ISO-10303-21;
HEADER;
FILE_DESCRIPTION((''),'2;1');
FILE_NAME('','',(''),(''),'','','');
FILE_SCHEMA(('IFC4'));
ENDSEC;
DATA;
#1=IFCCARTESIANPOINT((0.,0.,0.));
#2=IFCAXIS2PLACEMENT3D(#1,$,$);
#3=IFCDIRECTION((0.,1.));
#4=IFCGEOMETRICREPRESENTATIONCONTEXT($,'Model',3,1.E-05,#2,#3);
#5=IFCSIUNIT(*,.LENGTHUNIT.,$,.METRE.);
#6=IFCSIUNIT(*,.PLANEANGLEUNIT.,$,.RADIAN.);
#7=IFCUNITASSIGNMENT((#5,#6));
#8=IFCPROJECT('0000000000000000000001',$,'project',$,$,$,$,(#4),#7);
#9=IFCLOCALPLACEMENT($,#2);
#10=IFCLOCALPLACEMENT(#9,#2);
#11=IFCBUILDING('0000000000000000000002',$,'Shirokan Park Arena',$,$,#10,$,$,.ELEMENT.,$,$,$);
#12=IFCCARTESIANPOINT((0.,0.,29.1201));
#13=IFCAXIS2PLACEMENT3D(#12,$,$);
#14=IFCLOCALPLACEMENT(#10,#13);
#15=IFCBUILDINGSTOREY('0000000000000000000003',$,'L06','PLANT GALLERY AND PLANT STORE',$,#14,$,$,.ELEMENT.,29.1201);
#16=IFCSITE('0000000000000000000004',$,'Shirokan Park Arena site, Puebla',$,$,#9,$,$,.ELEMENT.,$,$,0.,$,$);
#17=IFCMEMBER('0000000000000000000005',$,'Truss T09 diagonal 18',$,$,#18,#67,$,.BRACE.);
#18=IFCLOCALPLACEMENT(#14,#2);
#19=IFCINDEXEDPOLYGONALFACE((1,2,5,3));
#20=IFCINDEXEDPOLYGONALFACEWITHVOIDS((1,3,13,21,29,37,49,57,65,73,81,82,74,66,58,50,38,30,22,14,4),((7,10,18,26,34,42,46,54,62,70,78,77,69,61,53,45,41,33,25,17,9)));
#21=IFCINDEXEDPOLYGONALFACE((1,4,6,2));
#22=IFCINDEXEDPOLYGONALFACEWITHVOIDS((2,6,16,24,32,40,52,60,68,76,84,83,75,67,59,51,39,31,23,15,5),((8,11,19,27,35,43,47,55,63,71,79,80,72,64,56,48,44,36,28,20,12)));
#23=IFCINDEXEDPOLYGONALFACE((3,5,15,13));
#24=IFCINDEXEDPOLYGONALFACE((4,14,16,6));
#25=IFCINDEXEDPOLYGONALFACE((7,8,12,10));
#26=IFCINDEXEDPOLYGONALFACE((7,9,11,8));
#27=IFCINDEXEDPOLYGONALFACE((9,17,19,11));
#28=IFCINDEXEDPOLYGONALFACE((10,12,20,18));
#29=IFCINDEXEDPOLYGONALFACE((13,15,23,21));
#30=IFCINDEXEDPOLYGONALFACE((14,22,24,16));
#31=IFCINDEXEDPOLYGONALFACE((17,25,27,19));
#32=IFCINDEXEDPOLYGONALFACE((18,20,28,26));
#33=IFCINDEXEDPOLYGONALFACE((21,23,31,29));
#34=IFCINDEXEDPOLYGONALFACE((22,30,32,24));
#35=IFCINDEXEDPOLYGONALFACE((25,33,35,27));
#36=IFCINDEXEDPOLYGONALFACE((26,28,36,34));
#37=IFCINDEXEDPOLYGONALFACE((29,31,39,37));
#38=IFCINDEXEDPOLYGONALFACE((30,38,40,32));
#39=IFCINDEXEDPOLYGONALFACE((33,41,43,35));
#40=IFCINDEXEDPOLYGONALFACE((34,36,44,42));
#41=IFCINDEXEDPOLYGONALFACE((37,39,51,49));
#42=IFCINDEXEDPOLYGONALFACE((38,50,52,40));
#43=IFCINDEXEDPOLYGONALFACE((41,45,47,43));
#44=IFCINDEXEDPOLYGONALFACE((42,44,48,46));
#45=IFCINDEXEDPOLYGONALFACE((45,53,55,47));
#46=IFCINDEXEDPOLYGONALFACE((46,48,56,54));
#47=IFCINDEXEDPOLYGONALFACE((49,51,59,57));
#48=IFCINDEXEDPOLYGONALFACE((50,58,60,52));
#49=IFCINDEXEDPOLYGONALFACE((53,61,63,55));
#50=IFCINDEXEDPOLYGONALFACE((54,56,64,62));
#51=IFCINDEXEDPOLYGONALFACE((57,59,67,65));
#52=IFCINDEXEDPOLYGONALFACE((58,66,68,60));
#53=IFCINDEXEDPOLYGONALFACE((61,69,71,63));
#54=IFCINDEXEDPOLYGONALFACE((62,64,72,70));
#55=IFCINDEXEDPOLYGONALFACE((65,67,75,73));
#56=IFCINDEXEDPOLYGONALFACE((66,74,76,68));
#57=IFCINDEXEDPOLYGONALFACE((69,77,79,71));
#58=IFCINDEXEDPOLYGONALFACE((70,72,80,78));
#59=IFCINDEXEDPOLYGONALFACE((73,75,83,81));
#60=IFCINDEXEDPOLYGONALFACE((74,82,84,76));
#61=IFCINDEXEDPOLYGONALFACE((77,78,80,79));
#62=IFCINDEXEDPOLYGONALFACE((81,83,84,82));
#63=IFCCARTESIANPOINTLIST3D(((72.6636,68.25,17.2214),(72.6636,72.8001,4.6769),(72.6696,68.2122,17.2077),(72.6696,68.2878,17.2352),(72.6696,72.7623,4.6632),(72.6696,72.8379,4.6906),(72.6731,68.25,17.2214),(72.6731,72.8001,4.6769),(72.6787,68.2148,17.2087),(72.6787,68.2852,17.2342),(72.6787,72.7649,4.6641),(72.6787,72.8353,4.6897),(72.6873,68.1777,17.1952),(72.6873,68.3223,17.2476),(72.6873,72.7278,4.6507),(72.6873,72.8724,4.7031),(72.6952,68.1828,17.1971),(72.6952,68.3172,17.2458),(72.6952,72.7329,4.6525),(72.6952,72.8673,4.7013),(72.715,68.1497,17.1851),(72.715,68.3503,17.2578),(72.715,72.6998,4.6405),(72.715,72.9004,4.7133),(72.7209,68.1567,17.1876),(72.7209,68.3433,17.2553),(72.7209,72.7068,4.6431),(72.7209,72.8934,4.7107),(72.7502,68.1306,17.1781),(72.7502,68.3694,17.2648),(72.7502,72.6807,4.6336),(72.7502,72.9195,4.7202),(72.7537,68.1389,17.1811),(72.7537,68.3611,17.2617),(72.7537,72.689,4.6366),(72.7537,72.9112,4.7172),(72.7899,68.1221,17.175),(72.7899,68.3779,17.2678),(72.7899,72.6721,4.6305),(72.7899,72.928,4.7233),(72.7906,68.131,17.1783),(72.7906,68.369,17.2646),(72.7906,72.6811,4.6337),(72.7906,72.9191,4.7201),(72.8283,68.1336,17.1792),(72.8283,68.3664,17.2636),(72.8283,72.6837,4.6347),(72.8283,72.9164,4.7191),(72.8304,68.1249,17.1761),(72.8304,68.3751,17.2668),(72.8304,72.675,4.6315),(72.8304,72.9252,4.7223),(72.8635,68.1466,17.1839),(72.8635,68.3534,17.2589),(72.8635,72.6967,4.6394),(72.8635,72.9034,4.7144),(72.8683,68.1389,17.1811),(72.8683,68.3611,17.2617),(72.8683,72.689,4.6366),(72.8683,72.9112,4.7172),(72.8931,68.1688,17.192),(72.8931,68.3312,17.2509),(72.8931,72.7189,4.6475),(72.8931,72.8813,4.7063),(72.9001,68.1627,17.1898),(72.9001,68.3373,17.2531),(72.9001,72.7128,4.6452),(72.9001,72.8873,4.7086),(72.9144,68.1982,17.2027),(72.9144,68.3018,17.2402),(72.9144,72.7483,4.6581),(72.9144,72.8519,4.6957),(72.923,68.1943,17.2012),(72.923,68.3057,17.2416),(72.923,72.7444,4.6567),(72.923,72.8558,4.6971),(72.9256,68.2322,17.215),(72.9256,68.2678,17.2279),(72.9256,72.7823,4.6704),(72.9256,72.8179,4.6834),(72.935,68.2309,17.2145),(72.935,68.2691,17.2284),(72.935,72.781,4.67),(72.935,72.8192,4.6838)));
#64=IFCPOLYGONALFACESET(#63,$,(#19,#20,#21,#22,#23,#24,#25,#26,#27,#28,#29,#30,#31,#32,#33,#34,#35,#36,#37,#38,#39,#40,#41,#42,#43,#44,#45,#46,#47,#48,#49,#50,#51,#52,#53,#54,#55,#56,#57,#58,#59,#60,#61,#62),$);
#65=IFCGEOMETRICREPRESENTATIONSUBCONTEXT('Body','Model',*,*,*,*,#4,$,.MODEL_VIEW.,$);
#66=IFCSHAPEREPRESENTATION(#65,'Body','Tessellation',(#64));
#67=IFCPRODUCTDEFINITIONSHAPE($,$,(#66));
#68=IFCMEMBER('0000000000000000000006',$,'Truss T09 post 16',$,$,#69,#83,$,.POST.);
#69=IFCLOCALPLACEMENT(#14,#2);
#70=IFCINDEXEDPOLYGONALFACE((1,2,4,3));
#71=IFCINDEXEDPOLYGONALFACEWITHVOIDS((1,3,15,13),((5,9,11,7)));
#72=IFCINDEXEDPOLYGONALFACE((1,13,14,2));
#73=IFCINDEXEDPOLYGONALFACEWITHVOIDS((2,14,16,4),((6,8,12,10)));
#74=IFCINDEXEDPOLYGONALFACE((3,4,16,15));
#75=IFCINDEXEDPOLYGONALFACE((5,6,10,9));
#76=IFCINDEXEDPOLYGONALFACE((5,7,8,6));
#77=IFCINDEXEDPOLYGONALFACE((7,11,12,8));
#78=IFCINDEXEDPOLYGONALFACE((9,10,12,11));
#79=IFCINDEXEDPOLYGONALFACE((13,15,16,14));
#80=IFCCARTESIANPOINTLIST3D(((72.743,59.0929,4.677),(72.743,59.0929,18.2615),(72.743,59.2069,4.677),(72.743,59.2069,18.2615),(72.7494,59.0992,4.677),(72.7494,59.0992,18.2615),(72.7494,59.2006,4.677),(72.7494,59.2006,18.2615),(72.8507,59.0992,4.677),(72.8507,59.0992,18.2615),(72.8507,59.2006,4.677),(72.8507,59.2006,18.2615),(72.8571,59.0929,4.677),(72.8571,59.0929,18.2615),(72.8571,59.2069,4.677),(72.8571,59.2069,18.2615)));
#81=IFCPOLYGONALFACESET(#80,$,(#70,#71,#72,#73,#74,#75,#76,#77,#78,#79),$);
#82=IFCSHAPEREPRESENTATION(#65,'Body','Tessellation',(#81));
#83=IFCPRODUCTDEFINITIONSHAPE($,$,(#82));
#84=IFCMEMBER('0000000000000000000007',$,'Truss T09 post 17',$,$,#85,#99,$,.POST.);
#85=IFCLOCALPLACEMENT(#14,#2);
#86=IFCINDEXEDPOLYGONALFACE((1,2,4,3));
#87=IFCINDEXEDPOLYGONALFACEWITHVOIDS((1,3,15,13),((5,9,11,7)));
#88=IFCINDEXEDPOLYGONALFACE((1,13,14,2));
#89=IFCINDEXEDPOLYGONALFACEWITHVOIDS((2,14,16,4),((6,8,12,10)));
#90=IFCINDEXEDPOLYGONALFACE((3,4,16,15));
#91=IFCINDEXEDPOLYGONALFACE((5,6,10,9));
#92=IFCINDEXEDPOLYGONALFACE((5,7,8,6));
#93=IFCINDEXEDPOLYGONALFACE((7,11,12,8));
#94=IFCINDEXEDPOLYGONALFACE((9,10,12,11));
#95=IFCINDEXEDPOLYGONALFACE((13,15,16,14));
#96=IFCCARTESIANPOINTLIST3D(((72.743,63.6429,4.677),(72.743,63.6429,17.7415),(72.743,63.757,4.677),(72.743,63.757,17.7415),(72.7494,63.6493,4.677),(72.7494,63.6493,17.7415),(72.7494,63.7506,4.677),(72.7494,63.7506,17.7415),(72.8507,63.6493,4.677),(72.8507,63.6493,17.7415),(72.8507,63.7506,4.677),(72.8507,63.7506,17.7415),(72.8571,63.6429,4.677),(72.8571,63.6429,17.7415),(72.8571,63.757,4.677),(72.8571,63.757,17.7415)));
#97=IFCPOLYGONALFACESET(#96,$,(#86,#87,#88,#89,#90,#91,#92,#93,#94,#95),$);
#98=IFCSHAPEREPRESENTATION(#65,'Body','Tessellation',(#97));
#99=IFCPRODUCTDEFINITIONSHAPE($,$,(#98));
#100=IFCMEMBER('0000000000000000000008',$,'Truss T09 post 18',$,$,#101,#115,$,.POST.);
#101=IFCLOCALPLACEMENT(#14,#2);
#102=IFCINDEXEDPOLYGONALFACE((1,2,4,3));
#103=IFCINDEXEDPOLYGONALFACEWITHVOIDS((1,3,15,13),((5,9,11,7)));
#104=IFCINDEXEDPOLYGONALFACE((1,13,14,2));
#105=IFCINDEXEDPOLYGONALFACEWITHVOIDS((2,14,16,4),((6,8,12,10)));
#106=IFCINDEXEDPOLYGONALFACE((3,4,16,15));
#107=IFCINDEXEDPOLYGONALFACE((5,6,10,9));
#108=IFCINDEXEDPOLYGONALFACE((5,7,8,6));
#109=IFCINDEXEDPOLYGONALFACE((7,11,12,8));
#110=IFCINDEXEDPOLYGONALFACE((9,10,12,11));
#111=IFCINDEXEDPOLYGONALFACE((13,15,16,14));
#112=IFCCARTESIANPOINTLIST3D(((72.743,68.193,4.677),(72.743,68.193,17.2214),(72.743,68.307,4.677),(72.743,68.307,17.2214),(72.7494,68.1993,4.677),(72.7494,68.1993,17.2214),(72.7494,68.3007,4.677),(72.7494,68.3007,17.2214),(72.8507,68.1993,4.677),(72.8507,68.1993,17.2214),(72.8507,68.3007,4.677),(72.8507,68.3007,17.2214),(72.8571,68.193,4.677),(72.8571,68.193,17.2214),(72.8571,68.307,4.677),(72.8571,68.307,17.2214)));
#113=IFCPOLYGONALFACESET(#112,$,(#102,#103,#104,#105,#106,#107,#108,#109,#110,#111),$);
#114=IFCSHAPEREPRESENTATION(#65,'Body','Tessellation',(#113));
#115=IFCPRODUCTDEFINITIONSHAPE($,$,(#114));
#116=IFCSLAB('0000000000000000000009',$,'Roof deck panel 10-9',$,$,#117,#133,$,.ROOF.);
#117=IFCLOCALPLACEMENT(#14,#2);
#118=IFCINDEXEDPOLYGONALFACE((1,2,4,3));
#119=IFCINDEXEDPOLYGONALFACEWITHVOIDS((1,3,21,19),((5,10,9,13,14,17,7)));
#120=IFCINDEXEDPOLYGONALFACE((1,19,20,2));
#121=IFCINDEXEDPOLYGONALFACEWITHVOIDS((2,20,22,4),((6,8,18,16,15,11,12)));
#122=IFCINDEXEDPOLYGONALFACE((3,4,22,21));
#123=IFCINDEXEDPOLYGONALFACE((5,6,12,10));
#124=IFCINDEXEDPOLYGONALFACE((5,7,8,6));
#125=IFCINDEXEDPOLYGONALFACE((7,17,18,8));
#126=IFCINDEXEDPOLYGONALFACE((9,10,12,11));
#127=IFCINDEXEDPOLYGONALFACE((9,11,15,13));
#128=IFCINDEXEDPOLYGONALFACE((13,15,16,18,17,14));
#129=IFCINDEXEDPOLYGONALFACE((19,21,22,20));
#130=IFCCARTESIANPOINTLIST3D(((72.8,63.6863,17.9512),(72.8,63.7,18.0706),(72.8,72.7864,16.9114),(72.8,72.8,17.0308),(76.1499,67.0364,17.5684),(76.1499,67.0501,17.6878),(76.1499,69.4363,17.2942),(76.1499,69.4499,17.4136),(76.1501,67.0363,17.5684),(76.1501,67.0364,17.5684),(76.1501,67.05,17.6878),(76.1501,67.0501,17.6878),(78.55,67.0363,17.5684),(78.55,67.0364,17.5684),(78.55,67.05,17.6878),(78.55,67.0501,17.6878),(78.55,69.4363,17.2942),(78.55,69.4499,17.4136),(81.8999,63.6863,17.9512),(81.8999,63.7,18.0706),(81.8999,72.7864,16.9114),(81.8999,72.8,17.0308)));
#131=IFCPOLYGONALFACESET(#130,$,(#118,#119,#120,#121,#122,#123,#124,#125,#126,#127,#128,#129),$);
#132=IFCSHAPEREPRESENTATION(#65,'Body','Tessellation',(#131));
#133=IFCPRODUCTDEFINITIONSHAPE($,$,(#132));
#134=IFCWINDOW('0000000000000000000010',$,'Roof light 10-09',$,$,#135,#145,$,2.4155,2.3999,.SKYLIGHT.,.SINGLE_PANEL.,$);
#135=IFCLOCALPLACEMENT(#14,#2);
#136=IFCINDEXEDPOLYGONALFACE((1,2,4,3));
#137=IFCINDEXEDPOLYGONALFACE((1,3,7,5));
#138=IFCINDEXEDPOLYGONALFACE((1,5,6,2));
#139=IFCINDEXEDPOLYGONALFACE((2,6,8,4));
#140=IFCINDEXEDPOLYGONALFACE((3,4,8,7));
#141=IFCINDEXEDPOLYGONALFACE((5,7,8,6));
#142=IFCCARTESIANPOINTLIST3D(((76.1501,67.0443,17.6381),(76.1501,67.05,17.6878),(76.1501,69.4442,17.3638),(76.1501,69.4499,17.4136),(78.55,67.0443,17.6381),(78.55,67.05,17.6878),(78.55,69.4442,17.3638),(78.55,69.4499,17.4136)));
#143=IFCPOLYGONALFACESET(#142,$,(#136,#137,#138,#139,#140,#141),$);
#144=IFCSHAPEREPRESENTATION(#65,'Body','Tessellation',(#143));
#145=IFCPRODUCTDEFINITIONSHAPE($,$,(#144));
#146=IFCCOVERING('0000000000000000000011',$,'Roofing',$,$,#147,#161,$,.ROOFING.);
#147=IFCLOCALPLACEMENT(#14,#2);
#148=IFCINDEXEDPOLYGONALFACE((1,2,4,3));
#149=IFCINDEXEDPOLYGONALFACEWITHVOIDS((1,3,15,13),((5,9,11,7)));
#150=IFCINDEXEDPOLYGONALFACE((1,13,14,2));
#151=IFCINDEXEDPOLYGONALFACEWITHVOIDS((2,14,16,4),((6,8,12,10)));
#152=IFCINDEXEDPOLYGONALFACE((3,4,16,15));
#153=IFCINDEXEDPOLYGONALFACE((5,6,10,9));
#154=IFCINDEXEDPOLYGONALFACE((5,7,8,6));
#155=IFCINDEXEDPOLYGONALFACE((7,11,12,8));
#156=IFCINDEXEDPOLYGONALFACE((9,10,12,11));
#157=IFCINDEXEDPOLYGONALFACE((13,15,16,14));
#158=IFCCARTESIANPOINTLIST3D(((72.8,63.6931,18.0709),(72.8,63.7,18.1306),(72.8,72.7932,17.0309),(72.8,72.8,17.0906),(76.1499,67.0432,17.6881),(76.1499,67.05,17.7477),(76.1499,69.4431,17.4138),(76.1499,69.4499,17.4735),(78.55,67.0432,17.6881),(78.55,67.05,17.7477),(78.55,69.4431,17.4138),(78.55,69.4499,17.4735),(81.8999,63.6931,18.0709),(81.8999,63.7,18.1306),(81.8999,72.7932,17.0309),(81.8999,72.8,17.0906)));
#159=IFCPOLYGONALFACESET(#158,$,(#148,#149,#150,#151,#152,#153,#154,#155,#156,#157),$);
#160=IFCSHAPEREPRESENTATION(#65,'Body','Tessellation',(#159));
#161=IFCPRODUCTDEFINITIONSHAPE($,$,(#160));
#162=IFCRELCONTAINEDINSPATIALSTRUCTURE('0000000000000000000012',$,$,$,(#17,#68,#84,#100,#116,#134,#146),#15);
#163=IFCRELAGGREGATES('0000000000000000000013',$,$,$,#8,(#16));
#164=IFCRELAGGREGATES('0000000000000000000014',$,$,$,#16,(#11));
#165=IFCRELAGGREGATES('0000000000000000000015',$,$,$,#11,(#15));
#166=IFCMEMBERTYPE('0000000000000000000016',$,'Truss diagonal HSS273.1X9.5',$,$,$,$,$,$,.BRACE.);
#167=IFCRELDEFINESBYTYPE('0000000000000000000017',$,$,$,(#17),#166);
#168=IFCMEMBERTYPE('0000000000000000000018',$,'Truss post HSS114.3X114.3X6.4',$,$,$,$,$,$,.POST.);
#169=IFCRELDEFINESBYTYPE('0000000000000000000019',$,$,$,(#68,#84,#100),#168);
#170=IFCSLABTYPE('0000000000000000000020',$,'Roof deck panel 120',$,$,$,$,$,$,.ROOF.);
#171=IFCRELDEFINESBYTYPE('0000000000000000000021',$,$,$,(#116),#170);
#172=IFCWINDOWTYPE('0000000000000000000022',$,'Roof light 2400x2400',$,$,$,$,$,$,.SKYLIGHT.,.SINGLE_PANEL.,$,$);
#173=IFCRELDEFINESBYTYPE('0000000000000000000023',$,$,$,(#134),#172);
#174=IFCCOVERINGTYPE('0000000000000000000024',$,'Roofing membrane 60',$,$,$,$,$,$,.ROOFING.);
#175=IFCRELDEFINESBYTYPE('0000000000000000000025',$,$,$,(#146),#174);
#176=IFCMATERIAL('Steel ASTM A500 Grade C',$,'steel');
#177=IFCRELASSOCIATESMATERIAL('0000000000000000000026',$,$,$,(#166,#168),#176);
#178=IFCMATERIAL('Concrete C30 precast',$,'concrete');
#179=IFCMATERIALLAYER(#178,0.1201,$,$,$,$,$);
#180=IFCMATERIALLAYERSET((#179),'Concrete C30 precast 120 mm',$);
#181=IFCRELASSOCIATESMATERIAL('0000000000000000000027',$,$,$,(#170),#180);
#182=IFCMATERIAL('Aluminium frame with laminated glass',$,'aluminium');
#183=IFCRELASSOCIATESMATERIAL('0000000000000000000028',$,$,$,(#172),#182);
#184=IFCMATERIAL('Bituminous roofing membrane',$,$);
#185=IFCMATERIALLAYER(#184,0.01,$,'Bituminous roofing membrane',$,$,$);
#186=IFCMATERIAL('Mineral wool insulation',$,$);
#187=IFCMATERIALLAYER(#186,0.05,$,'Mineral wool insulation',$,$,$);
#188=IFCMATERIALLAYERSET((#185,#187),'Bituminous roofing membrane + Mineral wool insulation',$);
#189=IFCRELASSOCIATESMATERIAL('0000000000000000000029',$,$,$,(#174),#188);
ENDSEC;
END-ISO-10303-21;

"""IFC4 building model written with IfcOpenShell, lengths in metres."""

from ifc_helpers import new_model, si_unit, direction, frame, origin, origin_2d, place, context, subcontext, project, spatial, polyline, rectangle, hollow_rectangle, hollow_circle, outline, extrude, material, layer, layer_set, material_profile, profile_set, type_object, element, fill, save


model = new_model("IFC4")

# Units and contexts
model_context = context("Model", 3, precision=1e-05, world=origin(), true_north=direction((0.0, 1.0)))
body_context = subcontext(model_context, "Body", "Model", "MODEL_VIEW")
ifc_project = project(units=[si_unit("LENGTHUNIT", "METRE"), si_unit("PLANEANGLEUNIT", "RADIAN")], contexts=[model_context])

# Site, building, storey
site_placement = place(None, origin())
site = spatial("IfcSite", under=ifc_project, at=site_placement, Name="Shirokan Park Arena site, Puebla", CompositionType="ELEMENT", RefElevation=0.0)
building_placement = place(site_placement, origin())
building = spatial("IfcBuilding", under=site, at=building_placement, Name="Shirokan Park Arena", CompositionType="ELEMENT")
storey_placement = place(building_placement, frame((0.0, 0.0, 29.1201)))
storey = spatial("IfcBuildingStorey", under=building, at=storey_placement, Name="L06", Description="PLANT GALLERY AND PLANT STORE", CompositionType="ELEMENT", Elevation=29.1201)

# Members
ifc_material_1 = material(Name="Steel ASTM A500 Grade C", Category="steel")
ifc_material_profile_1 = material_profile(ifc_material_1, hollow_circle(Radius=0.1365, WallThickness=0.0095, at=origin_2d()), Name="HSS273.1X9.5")
ifc_profile_set_1 = profile_set([ifc_material_profile_1], Name="Steel ASTM A500 Grade C")
member_type_1 = type_object("IfcMemberType", Name="Truss diagonal HSS273.1X9.5", PredefinedType="BRACE", material=ifc_profile_set_1)
member_1_placement = place(storey_placement, frame((72.8, 68.25, 17.2214), z_axis=(0.0, 0.340978, -0.940071), x_axis=(-1.0, 0.0, 0.0)))
element("IfcMember", 1, at=member_1_placement, inside=storey, type_object=member_type_1, Name="Truss T09 diagonal 18", PredefinedType="BRACE", context=body_context, shape_type="SweptSolid", body=[
    extrude(hollow_circle(Radius=0.1365, WallThickness=0.0095, at=origin_2d()), origin(), (0.0, 0.0, 1.0), 13.3442),
])
ifc_material_profile_2 = material_profile(ifc_material_1, hollow_rectangle(XDim=0.114, YDim=0.114, WallThickness=0.0063, at=origin_2d()), Name="HSS114.3X114.3X6.4")
ifc_profile_set_2 = profile_set([ifc_material_profile_2], Name="Steel ASTM A500 Grade C")
member_type_2 = type_object("IfcMemberType", Name="Truss post HSS114.3X114.3X6.4", PredefinedType="POST", material=ifc_profile_set_2)
member_2_placement = place(storey_placement, frame((72.8, 59.1499, 4.677), z_axis=(0.0, 0.0, 1.0), x_axis=(1.0, 0.0, 0.0)))
element("IfcMember", 2, at=member_2_placement, inside=storey, type_object=member_type_2, Name="Truss T09 post 16", PredefinedType="POST", context=body_context, shape_type="SweptSolid", body=[
    extrude(hollow_rectangle(XDim=0.114, YDim=0.114, WallThickness=0.0063, at=origin_2d()), origin(), (0.0, 0.0, 1.0), 13.5845),
])
member_3_placement = place(storey_placement, frame((72.8, 63.7, 4.677), z_axis=(0.0, 0.0, 1.0), x_axis=(1.0, 0.0, 0.0)))
element("IfcMember", 3, at=member_3_placement, inside=storey, type_object=member_type_2, Name="Truss T09 post 17", PredefinedType="POST", context=body_context, shape_type="SweptSolid", body=[
    extrude(hollow_rectangle(XDim=0.114, YDim=0.114, WallThickness=0.0063, at=origin_2d()), origin(), (0.0, 0.0, 1.0), 13.0645),
])
member_4_placement = place(storey_placement, frame((72.8, 68.25, 4.677), z_axis=(0.0, 0.0, 1.0), x_axis=(1.0, 0.0, 0.0)))
element("IfcMember", 4, at=member_4_placement, inside=storey, type_object=member_type_2, Name="Truss T09 post 18", PredefinedType="POST", context=body_context, shape_type="SweptSolid", body=[
    extrude(hollow_rectangle(XDim=0.114, YDim=0.114, WallThickness=0.0063, at=origin_2d()), origin(), (0.0, 0.0, 1.0), 12.5444),
])

# Slab, opening, window
ifc_material_2 = material(Name="Concrete C30 precast", Category="concrete")
ifc_layer_1 = layer(ifc_material_2, 0.1201)
ifc_layer_set_1 = layer_set([ifc_layer_1], Name="Concrete C30 precast 120 mm")
slab_type = type_object("IfcSlabType", Name="Roof deck panel 120", PredefinedType="ROOF", material=ifc_layer_set_1)
slab_placement = place(storey_placement, frame((72.8, 63.7, 18.0706), z_axis=(0.0, 0.113523, 0.993535), x_axis=(1.0, 0.0, 0.0)))
slab = element("IfcSlab", 5, at=slab_placement, inside=storey, type_object=slab_type, Name="Roof deck panel 10-9", PredefinedType="ROOF", context=body_context, shape_type="SweptSolid", body=[
    extrude(outline(polyline([(0.0, 0.0), (9.0999, 0.0), (9.0999, 9.1593), (0.0, 9.1593), (0.0, 0.0)]), holes=[polyline([(3.3499, 3.3719), (5.75, 3.3719), (5.75, 5.7874), (3.3499, 5.7874), (3.3499, 3.3719)])]), origin(), (0.0, 0.0, -1.0), 0.1201),
])
opening_placement = place(slab_placement, frame((4.55, 4.5796, 0.01)))
opening = element("IfcOpeningElement", 6, at=opening_placement, cuts=slab, PredefinedType="OPENING", context=body_context, shape_type="SweptSolid", body=[
    extrude(rectangle(XDim=2.3999, YDim=2.4155, at=origin_2d()), origin(), (0.0, 0.0, -1.0), 0.1399),
])
ifc_material_3 = material(Name="Aluminium frame with laminated glass", Category="aluminium")
window_type = type_object("IfcWindowType", Name="Roof light 2400x2400", PartitioningType="SINGLE_PANEL", PredefinedType="SKYLIGHT", material=ifc_material_3)
window_placement = place(opening_placement, frame((0.0, 0.0, -0.0601)))
window = element("IfcWindow", 7, at=window_placement, inside=storey, type_object=window_type, Name="Roof light 10-09", OverallHeight=2.4155, OverallWidth=2.3999, PartitioningType="SINGLE_PANEL", PredefinedType="SKYLIGHT", context=body_context, shape_type="SweptSolid", body=[
    extrude(rectangle(XDim=2.3999, YDim=2.4155, at=origin_2d()), origin(), (0.0, 0.0, 1.0), 0.05),
])
fill(opening, window)

# Covering
ifc_material_4 = material(Name="Bituminous roofing membrane")
ifc_layer_2 = layer(ifc_material_4, 0.01, Name="Bituminous roofing membrane")
ifc_material_5 = material(Name="Mineral wool insulation")
ifc_layer_3 = layer(ifc_material_5, 0.05, Name="Mineral wool insulation")
ifc_layer_set_2 = layer_set([ifc_layer_2, ifc_layer_3], Name="Bituminous roofing membrane + Mineral wool insulation")
covering_type = type_object("IfcCoveringType", Name="Roofing membrane 60", PredefinedType="ROOFING", material=ifc_layer_set_2)
covering_placement = place(storey_placement, frame((72.8, 63.7, 18.1306), z_axis=(0.0, 0.11355, 0.993532), x_axis=(1.0, 0.0, 0.0)))
element("IfcCovering", 8, at=covering_placement, inside=storey, type_object=covering_type, Name="Roofing", PredefinedType="ROOFING", context=body_context, shape_type="SweptSolid", body=[
    extrude(outline(polyline([(0.0, 0.0), (9.0999, 0.0), (9.0999, 9.1593), (0.0, 9.1593), (0.0, 0.0)]), holes=[polyline([(5.75, 3.3719), (5.75, 5.7874), (3.3499, 5.7874), (3.3499, 3.3719), (5.75, 3.3719)])]), origin(), (0.0, 0.0, -1.0), 0.0601),
])

save(model, "model.ifc")
